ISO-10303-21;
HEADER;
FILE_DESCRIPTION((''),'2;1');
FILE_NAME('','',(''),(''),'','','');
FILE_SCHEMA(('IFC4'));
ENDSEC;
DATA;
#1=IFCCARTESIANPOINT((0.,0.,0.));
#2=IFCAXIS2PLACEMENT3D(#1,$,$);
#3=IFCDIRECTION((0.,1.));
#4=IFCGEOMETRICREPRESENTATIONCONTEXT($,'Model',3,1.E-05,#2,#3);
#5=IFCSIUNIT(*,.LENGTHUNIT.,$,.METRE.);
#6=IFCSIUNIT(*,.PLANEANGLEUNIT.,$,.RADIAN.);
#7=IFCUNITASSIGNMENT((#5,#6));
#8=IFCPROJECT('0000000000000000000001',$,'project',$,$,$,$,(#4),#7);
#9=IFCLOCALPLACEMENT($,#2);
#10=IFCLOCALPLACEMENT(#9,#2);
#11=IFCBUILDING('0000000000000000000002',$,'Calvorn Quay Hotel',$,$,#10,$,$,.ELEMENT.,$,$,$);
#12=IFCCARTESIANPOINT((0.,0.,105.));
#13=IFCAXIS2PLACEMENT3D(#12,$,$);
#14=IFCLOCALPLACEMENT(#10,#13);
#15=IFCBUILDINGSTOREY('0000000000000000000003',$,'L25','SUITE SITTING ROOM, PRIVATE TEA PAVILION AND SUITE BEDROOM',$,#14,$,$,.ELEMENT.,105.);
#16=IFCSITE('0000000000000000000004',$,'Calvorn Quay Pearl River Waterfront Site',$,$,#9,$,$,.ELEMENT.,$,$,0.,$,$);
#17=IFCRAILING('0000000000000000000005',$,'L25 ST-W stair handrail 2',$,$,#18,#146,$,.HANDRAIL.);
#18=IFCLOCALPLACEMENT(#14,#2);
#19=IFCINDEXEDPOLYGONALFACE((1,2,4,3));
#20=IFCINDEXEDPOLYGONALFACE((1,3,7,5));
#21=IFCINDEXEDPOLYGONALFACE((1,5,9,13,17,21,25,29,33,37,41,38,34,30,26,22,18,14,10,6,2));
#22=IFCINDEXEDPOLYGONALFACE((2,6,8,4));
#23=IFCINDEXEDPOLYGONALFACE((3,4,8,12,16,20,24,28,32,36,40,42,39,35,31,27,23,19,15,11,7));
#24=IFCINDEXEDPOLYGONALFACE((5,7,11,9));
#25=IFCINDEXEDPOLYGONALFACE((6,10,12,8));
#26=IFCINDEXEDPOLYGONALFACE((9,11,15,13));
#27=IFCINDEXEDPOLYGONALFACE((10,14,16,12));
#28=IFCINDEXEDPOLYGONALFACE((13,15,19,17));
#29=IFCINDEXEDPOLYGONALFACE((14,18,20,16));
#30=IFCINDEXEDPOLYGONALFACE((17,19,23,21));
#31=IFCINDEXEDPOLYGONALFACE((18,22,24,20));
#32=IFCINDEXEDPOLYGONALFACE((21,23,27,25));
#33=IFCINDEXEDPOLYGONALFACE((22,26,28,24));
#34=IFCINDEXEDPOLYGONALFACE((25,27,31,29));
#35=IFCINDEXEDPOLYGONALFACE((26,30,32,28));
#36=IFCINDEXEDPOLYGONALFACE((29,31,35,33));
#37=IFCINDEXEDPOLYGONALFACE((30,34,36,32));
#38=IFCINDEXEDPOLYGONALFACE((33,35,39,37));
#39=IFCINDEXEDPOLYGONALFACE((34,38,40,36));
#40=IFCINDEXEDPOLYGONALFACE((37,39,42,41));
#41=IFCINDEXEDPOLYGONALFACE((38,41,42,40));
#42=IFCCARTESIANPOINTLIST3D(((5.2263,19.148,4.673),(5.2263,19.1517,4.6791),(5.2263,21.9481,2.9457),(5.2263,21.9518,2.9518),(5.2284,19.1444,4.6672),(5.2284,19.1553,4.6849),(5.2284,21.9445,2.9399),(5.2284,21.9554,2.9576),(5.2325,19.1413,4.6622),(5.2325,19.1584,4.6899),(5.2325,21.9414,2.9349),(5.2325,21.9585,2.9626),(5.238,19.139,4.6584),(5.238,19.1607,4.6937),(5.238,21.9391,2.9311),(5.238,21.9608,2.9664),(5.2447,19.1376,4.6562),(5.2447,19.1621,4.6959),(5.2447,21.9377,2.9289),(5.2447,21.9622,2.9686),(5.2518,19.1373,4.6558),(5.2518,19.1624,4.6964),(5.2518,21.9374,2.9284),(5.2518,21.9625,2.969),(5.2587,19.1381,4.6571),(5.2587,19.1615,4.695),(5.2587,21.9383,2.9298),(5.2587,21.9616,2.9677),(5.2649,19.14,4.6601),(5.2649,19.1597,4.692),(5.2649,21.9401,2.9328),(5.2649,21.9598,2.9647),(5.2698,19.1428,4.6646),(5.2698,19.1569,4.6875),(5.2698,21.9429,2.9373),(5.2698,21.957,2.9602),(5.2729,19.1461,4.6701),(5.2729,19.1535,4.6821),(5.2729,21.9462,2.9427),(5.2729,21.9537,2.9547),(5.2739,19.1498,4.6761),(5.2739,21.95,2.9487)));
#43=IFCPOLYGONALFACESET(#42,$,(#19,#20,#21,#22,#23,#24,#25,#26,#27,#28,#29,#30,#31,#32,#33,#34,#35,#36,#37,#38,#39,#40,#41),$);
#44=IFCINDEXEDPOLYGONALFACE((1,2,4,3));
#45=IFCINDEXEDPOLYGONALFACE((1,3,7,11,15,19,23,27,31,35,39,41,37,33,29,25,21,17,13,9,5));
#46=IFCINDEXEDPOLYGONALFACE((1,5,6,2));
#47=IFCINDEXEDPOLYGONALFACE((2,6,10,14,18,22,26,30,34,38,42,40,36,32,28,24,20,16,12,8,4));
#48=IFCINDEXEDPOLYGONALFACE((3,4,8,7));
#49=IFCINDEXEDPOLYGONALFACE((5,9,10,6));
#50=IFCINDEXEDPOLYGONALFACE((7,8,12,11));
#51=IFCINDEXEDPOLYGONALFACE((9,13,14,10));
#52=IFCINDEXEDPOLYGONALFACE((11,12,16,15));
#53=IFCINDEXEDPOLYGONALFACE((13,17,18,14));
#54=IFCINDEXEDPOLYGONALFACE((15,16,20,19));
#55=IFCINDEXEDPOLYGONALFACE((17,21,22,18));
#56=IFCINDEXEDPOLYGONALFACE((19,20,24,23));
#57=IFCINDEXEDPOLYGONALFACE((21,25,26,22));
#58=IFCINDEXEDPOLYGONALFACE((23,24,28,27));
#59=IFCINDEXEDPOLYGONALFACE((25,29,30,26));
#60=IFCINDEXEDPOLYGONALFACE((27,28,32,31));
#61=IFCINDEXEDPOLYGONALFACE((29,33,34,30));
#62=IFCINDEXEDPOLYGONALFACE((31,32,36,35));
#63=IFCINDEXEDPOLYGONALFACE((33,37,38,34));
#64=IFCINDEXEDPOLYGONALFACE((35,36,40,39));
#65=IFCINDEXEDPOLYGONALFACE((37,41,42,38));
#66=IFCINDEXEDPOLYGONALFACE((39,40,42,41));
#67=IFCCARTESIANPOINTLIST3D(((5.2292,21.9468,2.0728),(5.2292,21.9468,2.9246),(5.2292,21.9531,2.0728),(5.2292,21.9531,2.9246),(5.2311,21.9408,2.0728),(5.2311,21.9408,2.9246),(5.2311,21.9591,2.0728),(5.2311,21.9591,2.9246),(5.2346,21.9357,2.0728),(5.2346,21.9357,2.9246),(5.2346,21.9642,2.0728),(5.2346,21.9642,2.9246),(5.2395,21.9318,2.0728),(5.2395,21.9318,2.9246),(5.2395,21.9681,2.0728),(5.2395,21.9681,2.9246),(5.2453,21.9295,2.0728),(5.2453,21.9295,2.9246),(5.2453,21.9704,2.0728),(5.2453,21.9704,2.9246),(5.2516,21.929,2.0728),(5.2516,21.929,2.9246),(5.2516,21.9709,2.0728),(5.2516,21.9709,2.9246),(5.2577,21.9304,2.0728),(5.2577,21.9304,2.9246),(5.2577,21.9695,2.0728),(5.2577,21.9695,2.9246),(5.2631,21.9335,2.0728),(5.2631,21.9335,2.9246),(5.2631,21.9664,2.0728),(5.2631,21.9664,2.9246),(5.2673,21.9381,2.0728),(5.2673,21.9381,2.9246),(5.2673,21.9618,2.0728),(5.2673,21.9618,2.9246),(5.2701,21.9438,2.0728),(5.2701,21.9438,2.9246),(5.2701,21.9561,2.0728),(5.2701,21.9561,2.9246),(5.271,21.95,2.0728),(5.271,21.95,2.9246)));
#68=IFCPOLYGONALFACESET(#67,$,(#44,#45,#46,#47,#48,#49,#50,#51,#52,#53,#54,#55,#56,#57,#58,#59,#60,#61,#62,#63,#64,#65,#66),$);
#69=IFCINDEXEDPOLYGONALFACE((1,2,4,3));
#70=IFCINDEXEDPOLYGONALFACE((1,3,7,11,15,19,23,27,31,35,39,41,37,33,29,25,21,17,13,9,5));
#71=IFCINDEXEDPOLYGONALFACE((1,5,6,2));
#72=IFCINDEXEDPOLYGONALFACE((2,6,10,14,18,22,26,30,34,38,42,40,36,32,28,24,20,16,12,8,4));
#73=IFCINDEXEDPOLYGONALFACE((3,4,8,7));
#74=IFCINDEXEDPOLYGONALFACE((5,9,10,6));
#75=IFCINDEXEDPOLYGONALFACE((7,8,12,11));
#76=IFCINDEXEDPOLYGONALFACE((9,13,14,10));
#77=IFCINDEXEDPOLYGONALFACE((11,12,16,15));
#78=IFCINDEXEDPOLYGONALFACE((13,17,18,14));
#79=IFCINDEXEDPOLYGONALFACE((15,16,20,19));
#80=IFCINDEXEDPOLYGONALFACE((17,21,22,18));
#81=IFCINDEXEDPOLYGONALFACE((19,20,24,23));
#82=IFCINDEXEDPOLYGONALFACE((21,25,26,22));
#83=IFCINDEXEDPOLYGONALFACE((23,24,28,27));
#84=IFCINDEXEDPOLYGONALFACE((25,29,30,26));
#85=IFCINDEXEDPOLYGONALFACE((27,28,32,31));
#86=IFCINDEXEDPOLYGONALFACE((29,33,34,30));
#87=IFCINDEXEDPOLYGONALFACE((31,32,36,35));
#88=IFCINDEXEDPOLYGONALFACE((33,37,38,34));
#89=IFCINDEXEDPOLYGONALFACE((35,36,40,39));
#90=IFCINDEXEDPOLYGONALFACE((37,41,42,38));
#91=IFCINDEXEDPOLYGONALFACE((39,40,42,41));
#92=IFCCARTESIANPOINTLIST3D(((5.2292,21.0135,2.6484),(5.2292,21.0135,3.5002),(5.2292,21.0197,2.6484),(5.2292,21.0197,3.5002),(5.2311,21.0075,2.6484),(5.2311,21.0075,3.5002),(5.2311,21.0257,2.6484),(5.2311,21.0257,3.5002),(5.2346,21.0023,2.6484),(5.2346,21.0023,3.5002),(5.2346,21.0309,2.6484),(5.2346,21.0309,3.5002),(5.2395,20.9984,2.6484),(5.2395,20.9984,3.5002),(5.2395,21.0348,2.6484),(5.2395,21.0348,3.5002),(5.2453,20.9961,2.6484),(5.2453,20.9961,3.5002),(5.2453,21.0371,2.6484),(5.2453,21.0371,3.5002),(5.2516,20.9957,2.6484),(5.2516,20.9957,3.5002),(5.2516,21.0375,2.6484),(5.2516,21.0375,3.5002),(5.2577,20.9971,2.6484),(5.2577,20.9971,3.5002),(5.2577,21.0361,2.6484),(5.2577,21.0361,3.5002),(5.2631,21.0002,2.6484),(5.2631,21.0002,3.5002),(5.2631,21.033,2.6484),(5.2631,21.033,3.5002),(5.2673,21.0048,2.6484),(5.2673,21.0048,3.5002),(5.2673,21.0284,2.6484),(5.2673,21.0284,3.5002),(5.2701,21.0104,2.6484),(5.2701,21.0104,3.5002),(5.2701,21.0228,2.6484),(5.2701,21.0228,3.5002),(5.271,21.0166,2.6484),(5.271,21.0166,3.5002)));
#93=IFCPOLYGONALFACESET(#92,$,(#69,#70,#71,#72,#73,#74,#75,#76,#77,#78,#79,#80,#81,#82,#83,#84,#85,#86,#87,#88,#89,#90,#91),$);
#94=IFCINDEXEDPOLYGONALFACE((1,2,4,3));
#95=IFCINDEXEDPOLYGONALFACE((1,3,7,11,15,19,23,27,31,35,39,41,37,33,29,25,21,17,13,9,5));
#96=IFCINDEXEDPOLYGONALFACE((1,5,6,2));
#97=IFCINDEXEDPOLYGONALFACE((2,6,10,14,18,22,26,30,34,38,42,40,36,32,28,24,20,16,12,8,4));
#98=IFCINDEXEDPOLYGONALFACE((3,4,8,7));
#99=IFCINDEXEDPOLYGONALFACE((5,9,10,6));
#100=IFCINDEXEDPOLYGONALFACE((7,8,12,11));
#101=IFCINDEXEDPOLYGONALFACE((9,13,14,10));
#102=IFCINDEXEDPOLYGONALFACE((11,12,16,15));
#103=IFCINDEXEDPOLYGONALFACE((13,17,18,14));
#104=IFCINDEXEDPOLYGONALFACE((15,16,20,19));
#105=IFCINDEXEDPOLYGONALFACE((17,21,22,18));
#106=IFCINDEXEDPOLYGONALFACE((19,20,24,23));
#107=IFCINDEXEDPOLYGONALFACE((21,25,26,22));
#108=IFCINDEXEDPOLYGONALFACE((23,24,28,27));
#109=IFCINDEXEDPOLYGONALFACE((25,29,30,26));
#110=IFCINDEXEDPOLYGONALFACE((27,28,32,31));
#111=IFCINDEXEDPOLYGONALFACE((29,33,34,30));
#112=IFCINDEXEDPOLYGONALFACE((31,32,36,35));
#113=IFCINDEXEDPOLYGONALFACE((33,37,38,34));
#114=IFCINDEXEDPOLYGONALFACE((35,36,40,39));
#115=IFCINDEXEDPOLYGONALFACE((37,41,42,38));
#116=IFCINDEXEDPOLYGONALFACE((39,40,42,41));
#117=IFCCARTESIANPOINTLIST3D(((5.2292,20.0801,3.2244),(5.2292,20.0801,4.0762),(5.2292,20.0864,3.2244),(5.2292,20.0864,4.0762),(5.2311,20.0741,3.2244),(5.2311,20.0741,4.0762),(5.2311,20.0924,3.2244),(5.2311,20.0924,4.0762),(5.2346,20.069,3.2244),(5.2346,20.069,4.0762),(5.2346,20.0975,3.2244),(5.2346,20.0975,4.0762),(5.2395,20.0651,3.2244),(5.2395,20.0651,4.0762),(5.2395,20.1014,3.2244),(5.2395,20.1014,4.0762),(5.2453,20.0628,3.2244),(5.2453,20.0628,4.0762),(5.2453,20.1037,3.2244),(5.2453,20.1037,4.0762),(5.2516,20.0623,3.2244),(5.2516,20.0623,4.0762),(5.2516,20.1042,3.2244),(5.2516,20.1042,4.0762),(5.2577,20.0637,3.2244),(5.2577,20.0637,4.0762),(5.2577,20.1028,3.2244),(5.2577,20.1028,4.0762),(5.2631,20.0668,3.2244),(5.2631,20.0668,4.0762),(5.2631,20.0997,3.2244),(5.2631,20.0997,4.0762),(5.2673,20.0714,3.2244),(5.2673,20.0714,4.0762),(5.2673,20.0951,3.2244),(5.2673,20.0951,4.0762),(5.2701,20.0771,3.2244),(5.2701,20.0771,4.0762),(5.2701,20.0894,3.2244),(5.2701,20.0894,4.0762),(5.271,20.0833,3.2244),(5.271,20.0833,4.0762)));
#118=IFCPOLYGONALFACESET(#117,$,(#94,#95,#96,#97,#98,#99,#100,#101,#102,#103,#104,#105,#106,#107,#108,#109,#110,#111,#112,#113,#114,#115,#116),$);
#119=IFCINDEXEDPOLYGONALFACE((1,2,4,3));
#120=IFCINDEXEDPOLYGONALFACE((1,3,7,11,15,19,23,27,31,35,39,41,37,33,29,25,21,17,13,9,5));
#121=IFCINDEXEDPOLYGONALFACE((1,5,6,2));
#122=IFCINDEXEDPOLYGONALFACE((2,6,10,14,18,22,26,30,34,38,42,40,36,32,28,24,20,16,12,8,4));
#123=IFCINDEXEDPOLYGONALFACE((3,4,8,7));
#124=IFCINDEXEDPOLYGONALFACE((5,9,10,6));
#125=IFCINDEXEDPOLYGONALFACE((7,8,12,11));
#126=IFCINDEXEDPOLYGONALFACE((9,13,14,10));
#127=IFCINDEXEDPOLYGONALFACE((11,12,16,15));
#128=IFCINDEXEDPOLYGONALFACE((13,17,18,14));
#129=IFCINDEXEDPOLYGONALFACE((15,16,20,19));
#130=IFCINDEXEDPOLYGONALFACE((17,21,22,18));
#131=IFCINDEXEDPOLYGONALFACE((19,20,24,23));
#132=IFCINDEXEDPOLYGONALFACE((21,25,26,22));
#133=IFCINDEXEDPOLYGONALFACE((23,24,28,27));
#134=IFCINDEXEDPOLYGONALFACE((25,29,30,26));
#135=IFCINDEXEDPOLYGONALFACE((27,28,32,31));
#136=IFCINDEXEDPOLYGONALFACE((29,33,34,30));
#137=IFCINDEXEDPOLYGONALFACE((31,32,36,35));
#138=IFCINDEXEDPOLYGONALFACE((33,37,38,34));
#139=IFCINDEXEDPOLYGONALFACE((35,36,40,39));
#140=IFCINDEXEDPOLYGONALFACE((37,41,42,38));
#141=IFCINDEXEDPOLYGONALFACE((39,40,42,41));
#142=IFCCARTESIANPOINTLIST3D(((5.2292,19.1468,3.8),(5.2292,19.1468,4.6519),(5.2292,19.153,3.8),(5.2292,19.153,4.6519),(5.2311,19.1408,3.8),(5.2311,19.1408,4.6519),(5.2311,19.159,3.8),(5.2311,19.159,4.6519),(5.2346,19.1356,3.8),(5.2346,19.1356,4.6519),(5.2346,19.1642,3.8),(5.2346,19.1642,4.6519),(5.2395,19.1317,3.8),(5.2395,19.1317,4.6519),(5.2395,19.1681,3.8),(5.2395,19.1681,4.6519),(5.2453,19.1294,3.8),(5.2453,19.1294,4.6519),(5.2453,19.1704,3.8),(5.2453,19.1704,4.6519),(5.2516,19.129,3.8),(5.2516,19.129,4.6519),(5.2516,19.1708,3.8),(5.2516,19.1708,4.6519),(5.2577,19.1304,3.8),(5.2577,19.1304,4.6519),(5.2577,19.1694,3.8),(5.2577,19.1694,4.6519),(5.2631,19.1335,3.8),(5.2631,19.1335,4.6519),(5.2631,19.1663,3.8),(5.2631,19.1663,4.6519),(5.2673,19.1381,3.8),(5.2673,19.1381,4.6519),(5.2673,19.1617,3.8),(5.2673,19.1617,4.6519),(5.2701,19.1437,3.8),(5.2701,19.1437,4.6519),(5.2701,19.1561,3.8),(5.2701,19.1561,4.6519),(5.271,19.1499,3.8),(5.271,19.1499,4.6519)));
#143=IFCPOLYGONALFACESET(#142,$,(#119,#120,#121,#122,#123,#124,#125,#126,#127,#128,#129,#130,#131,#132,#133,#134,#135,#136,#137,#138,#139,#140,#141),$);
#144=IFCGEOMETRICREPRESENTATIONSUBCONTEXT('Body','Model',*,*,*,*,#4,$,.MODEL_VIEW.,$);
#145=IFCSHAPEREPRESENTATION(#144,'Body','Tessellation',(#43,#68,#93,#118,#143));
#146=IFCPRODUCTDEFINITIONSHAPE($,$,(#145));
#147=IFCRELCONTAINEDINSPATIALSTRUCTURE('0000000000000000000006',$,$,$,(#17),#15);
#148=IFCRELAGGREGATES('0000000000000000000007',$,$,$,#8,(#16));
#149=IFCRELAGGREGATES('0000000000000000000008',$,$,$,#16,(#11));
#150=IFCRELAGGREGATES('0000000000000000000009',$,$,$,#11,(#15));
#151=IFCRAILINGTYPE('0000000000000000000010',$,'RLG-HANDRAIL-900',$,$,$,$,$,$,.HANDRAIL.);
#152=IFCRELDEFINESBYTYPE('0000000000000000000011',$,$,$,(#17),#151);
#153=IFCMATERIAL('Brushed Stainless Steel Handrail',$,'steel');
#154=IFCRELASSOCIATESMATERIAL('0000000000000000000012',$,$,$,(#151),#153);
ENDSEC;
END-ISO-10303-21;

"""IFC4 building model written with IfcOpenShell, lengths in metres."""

from ifc_helpers import new_model, si_unit, direction, frame, origin, origin_2d, place, context, subcontext, project, spatial, circle, extrude, material, type_object, element, save


model = new_model("IFC4")

# Units and contexts
model_context = context("Model", 3, precision=1e-05, world=origin(), true_north=direction((0.0, 1.0)))
body_context = subcontext(model_context, "Body", "Model", "MODEL_VIEW")
ifc_project = project(units=[si_unit("LENGTHUNIT", "METRE"), si_unit("PLANEANGLEUNIT", "RADIAN")], contexts=[model_context])

# Site, building, storey
site_placement = place(None, origin())
site = spatial("IfcSite", under=ifc_project, at=site_placement, Name="Calvorn Quay Pearl River Waterfront Site", CompositionType="ELEMENT", RefElevation=0.0)
building_placement = place(site_placement, origin())
building = spatial("IfcBuilding", under=site, at=building_placement, Name="Calvorn Quay Hotel", CompositionType="ELEMENT")
storey_placement = place(building_placement, frame((0.0, 0.0, 105.0)))
storey = spatial("IfcBuildingStorey", under=building, at=storey_placement, Name="L25", Description="SUITE SITTING ROOM, PRIVATE TEA PAVILION AND SUITE BEDROOM", CompositionType="ELEMENT", Elevation=105.0)

# Railing
ifc_material_1 = material(Name="Brushed Stainless Steel Handrail", Category="steel")
railing_type_1 = type_object("IfcRailingType", Name="RLG-HANDRAIL-900", PredefinedType="HANDRAIL", material=ifc_material_1)
railing_1_placement = place(storey_placement, frame((5.25, 21.95, 2.0728)))
element("IfcRailing", 1, at=railing_1_placement, inside=storey, type_object=railing_type_1, Name="L25 ST-W stair handrail 2", PredefinedType="HANDRAIL", context=body_context, shape_type="SweptSolid", body=[
    extrude(circle(Radius=0.0239, at=origin_2d()), frame((0.0, 0.0, 0.876), z_axis=(0.0, -0.85109, 0.52502), x_axis=(1.0, 0.0, 0.0)), (0.0, 0.0, 1.0), 3.29),
    extrude(circle(Radius=0.021, at=origin_2d()), origin(), (0.0, 0.0, 1.0), 0.8518),
    extrude(circle(Radius=0.021, at=origin_2d()), frame((0.0, -0.9333, 0.5757)), (0.0, 0.0, 1.0), 0.8518),
    extrude(circle(Radius=0.021, at=origin_2d()), frame((0.0, -1.8667, 1.1516)), (0.0, 0.0, 1.0), 0.8518),
    extrude(circle(Radius=0.021, at=origin_2d()), frame((0.0, -2.8, 1.7273)), (0.0, 0.0, 1.0), 0.8518),
])

save(model, "model.ifc")
